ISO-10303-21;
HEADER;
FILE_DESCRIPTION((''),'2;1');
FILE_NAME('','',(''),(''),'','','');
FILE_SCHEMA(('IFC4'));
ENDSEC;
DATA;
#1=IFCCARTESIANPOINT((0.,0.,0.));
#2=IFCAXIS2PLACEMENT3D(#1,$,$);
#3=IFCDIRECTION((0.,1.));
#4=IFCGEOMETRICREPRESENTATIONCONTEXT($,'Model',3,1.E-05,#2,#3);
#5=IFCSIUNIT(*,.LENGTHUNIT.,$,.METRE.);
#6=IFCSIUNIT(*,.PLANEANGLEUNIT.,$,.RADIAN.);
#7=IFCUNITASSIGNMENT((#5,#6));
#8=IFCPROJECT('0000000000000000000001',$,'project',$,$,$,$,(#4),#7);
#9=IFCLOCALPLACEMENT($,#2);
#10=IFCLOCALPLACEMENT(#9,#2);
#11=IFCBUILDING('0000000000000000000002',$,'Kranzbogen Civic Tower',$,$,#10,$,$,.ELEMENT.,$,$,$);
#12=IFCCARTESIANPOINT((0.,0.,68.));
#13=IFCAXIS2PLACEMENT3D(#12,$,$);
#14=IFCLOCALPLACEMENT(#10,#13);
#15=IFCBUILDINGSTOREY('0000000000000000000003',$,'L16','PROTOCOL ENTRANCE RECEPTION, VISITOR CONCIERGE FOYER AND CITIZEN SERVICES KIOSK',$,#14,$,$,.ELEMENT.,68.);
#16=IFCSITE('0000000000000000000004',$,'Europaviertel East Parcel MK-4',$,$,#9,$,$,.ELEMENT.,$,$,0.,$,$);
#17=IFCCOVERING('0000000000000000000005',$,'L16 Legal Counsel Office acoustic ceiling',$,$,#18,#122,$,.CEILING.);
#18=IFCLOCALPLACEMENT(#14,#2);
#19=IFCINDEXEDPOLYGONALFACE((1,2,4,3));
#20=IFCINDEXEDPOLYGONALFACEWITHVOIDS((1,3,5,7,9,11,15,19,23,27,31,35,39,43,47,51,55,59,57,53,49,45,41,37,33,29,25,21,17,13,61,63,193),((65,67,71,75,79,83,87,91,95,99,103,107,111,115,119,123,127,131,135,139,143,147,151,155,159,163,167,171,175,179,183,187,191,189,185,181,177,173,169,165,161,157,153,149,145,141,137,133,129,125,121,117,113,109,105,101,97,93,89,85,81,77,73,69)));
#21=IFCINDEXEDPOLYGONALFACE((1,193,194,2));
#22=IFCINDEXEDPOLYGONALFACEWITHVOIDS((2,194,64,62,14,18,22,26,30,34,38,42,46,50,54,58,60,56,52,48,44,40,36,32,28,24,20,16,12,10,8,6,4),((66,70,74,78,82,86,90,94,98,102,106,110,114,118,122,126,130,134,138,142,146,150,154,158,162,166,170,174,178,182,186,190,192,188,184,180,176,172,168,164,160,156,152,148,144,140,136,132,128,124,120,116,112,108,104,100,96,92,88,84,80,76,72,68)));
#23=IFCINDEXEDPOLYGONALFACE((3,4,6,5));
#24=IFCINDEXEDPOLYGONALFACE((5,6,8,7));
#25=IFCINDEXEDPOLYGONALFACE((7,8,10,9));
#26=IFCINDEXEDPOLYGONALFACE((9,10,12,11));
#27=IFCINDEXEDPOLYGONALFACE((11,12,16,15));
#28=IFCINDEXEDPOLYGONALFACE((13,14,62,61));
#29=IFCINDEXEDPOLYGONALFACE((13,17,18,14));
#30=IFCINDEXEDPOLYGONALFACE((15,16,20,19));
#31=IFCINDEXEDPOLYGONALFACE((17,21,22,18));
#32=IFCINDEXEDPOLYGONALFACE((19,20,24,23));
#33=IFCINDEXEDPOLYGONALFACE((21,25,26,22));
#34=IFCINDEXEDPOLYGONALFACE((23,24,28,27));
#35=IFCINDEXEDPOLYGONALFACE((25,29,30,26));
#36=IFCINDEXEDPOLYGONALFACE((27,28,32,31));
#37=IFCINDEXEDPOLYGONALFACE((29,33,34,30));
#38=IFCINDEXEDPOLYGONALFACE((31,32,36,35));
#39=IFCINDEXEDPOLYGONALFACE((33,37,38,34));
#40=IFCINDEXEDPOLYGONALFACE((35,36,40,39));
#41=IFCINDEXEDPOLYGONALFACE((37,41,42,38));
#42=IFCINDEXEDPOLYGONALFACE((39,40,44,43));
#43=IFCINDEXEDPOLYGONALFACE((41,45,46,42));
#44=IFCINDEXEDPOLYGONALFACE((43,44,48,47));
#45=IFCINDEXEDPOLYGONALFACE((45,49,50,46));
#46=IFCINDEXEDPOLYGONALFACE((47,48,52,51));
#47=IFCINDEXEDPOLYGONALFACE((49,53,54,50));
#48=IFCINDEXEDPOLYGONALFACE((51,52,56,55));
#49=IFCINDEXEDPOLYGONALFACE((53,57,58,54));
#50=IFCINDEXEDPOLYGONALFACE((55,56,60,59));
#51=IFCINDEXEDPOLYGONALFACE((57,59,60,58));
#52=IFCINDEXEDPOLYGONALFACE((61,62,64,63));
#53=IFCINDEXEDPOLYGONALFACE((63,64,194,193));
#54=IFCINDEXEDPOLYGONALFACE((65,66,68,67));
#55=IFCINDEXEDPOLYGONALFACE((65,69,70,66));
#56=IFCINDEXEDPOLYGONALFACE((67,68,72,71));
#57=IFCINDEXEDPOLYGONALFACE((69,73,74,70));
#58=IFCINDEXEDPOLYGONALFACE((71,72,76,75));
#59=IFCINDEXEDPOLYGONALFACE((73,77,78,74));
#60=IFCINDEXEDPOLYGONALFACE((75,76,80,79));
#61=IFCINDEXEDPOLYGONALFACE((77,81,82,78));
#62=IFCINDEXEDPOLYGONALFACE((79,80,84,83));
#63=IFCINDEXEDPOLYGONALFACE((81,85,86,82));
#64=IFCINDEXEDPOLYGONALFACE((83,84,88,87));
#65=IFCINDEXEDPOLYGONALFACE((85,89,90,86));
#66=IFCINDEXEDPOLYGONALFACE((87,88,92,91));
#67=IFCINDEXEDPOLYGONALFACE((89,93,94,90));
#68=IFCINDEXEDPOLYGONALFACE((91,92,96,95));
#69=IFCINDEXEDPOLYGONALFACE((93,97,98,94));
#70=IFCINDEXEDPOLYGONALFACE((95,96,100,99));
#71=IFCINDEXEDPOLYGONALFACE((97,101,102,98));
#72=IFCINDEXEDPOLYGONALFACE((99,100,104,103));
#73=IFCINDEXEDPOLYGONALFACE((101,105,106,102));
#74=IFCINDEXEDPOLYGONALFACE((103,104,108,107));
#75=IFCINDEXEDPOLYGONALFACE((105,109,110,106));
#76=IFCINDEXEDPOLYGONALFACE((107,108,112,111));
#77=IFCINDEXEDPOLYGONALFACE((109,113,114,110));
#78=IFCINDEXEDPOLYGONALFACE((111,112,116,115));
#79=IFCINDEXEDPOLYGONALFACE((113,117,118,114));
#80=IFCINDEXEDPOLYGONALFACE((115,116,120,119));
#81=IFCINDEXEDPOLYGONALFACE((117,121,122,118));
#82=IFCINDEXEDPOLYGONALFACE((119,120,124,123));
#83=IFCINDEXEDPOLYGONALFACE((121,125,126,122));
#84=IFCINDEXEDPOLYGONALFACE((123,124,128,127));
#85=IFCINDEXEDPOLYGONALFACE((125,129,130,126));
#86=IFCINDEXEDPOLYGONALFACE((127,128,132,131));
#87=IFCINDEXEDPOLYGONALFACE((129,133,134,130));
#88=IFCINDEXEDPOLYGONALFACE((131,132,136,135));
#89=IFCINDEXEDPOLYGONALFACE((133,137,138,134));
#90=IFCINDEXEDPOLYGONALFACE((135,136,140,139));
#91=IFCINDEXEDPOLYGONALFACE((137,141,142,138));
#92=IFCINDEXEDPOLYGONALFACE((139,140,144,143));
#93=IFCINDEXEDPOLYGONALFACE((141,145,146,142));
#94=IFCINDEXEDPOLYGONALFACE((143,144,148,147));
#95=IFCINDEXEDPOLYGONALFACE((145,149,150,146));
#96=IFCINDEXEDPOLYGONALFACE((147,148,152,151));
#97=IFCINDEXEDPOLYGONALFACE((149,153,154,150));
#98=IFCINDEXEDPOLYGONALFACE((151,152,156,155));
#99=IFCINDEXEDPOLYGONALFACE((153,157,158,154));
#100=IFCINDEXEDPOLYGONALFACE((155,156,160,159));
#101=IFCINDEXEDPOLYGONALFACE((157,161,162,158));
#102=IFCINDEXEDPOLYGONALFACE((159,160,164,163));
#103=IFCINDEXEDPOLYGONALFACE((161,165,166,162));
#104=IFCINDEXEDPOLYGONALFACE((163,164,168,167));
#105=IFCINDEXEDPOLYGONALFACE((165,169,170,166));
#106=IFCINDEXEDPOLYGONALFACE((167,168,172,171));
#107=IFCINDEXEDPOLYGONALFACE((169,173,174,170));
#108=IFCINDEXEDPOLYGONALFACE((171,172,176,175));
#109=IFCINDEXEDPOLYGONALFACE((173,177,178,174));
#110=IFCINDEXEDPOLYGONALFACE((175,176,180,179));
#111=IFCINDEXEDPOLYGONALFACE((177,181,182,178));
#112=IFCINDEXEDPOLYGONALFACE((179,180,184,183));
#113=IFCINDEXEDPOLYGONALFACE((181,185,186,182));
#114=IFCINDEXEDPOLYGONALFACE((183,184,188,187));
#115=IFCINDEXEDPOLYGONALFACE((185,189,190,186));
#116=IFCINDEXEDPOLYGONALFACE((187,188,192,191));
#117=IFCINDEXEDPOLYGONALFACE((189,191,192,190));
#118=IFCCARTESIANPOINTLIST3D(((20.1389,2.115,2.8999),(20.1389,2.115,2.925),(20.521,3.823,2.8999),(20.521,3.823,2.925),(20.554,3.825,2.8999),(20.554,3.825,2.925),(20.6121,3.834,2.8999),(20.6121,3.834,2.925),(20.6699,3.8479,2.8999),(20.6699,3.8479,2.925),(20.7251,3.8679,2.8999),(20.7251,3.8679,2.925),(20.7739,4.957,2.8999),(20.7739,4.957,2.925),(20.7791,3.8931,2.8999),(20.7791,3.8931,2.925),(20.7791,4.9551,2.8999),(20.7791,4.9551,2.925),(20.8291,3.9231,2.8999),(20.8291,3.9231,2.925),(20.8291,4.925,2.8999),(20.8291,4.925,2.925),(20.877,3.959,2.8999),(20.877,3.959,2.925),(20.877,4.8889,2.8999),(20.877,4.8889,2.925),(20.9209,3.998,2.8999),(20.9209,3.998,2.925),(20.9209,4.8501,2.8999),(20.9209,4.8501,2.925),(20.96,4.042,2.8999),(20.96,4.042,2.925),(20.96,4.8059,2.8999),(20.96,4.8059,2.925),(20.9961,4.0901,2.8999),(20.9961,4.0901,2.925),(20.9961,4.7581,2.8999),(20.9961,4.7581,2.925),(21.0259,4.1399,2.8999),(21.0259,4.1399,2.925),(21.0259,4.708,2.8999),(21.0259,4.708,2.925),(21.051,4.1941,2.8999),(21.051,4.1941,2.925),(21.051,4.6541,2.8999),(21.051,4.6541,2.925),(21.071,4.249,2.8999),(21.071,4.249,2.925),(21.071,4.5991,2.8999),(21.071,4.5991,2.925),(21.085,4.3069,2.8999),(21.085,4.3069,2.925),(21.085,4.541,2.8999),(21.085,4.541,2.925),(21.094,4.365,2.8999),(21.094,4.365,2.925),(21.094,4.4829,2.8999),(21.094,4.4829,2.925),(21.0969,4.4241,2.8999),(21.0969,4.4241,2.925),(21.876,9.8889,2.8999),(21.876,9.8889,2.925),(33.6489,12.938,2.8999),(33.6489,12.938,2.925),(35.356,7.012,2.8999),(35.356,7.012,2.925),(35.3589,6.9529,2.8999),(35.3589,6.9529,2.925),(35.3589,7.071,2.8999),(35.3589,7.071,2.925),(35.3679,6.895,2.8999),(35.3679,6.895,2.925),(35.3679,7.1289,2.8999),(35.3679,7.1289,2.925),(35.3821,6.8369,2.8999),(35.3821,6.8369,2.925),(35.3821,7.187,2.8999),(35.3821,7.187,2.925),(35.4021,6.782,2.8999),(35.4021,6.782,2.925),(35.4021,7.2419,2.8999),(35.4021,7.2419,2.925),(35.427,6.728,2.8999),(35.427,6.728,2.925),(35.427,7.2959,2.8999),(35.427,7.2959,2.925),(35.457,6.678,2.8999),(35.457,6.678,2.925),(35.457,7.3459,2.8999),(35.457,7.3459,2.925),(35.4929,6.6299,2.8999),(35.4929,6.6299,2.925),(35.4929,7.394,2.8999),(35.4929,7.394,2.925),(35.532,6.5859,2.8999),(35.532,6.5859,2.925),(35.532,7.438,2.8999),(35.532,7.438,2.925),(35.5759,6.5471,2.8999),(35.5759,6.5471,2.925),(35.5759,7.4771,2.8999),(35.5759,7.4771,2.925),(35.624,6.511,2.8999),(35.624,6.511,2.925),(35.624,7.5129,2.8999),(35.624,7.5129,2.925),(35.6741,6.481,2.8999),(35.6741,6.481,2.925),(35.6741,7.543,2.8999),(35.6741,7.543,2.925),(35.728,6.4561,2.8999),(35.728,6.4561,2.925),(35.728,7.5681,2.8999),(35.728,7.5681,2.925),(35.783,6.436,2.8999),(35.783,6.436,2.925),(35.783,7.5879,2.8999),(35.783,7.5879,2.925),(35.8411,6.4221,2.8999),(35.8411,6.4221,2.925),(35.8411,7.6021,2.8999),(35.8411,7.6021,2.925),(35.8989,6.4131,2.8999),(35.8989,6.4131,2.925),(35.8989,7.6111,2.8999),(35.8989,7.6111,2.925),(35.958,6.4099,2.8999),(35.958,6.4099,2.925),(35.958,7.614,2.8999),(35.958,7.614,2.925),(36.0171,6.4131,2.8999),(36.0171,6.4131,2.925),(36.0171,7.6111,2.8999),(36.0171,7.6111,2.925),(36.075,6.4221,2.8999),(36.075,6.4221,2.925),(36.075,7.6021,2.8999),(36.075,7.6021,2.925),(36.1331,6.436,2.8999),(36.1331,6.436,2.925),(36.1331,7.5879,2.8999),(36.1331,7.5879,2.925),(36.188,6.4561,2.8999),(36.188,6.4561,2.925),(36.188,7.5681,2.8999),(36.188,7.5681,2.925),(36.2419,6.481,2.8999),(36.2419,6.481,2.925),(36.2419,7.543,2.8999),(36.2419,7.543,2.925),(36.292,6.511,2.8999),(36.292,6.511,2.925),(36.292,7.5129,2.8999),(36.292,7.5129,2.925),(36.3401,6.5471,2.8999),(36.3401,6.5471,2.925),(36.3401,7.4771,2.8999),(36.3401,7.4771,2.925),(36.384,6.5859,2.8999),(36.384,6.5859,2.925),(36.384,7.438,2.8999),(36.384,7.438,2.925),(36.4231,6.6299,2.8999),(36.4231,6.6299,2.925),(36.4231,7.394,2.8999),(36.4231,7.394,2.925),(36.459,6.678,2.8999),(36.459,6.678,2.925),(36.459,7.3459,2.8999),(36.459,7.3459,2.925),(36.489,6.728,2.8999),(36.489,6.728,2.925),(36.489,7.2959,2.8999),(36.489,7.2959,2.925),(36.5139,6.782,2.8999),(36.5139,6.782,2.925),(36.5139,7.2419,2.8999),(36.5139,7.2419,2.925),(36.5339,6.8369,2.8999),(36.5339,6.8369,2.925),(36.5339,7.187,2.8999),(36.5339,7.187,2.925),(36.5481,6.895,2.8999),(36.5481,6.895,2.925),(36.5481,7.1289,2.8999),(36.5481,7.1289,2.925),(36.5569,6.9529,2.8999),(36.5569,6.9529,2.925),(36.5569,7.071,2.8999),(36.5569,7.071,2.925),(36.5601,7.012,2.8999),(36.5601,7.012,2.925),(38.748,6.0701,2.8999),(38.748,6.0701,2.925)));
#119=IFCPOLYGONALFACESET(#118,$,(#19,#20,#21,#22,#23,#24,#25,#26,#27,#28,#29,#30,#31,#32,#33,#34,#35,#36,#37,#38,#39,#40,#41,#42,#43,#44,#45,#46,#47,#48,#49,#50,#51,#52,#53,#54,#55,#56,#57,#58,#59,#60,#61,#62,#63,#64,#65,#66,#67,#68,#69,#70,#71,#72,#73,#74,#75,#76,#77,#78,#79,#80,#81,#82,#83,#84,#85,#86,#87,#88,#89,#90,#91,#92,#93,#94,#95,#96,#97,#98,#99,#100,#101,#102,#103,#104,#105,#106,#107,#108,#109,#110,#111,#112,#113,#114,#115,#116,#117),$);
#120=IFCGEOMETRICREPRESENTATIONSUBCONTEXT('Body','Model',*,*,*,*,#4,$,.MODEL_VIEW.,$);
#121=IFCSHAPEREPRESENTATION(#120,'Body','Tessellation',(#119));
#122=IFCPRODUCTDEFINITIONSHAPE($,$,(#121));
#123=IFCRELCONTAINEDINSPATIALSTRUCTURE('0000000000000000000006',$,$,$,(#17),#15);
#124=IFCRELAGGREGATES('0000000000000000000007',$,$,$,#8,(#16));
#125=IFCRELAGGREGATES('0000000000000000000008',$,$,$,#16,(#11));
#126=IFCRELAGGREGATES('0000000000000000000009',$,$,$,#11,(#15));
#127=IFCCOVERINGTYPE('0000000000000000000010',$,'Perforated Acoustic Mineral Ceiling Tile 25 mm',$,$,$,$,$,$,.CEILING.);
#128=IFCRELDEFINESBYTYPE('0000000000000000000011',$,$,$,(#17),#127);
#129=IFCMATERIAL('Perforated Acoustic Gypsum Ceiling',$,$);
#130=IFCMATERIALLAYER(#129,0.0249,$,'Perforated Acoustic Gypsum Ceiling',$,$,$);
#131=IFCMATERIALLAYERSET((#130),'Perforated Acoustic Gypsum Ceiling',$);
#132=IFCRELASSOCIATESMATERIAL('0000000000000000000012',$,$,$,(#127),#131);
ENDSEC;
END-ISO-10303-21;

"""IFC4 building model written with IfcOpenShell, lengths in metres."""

from ifc_helpers import new_model, si_unit, direction, frame, origin, place, context, subcontext, project, spatial, polyline, outline, extrude, material, layer, layer_set, type_object, element, save


model = new_model("IFC4")

# Units and contexts
model_context = context("Model", 3, precision=1e-05, world=origin(), true_north=direction((0.0, 1.0)))
body_context = subcontext(model_context, "Body", "Model", "MODEL_VIEW")
ifc_project = project(units=[si_unit("LENGTHUNIT", "METRE"), si_unit("PLANEANGLEUNIT", "RADIAN")], contexts=[model_context])

# Site, building, storey
site_placement = place(None, origin())
site = spatial("IfcSite", under=ifc_project, at=site_placement, Name="Europaviertel East Parcel MK-4", CompositionType="ELEMENT", RefElevation=0.0)
building_placement = place(site_placement, origin())
building = spatial("IfcBuilding", under=site, at=building_placement, Name="Kranzbogen Civic Tower", CompositionType="ELEMENT")
storey_placement = place(building_placement, frame((0.0, 0.0, 68.0)))
storey = spatial("IfcBuildingStorey", under=building, at=storey_placement, Name="L16", Description="PROTOCOL ENTRANCE RECEPTION, VISITOR CONCIERGE FOYER AND CITIZEN SERVICES KIOSK", CompositionType="ELEMENT", Elevation=68.0)

# Covering
ifc_material_1 = material(Name="Perforated Acoustic Gypsum Ceiling")
ifc_layer_1 = layer(ifc_material_1, 0.0249, Name="Perforated Acoustic Gypsum Ceiling")
ifc_layer_set_1 = layer_set([ifc_layer_1], Name="Perforated Acoustic Gypsum Ceiling")
covering_type = type_object("IfcCoveringType", Name="Perforated Acoustic Mineral Ceiling Tile 25 mm", PredefinedType="CEILING", material=ifc_layer_set_1)
covering_1_placement = place(storey_placement, frame((0.0, 0.0, 2.8999)))
element("IfcCovering", 1, at=covering_1_placement, inside=storey, type_object=covering_type, Name="L16 Legal Counsel Office acoustic ceiling", PredefinedType="CEILING", context=body_context, shape_type="SweptSolid", body=[
    extrude(outline(polyline([(33.6489, 12.938), (38.748, 6.0701), (20.1389, 2.115), (20.521, 3.823), (20.554, 3.825), (20.6121, 3.834), (20.6699, 3.8479), (20.7251, 3.8679), (20.7791, 3.8931), (20.8291, 3.9231), (20.877, 3.959), (20.9209, 3.998), (20.96, 4.042), (20.9961, 4.0901), (21.0259, 4.1399), (21.051, 4.1941), (21.071, 4.249), (21.085, 4.3069), (21.094, 4.365), (21.0969, 4.4241), (21.094, 4.4829), (21.085, 4.541), (21.071, 4.5991), (21.051, 4.6541), (21.0259, 4.708), (20.9961, 4.7581), (20.96, 4.8059), (20.9209, 4.8501), (20.877, 4.8889), (20.8291, 4.925), (20.7791, 4.9551), (20.7739, 4.957), (21.876, 9.8889), (33.6489, 12.938)]), holes=[polyline([(36.5139, 6.782), (36.489, 6.728), (36.459, 6.678), (36.4231, 6.6299), (36.384, 6.5859), (36.3401, 6.5471), (36.292, 6.511), (36.2419, 6.481), (36.188, 6.4561), (36.1331, 6.436), (36.075, 6.4221), (36.0171, 6.4131), (35.958, 6.4099), (35.8989, 6.4131), (35.8411, 6.4221), (35.783, 6.436), (35.728, 6.4561), (35.6741, 6.481), (35.624, 6.511), (35.5759, 6.5471), (35.532, 6.5859), (35.4929, 6.6299), (35.457, 6.678), (35.427, 6.728), (35.4021, 6.782), (35.3821, 6.8369), (35.3679, 6.895), (35.3589, 6.9529), (35.356, 7.012), (35.3589, 7.071), (35.3679, 7.1289), (35.3821, 7.187), (35.4021, 7.2419), (35.427, 7.2959), (35.457, 7.3459), (35.4929, 7.394), (35.532, 7.438), (35.5759, 7.4771), (35.624, 7.5129), (35.6741, 7.543), (35.728, 7.5681), (35.783, 7.5879), (35.8411, 7.6021), (35.8989, 7.6111), (35.958, 7.614), (36.0171, 7.6111), (36.075, 7.6021), (36.1331, 7.5879), (36.188, 7.5681), (36.2419, 7.543), (36.292, 7.5129), (36.3401, 7.4771), (36.384, 7.438), (36.4231, 7.394), (36.459, 7.3459), (36.489, 7.2959), (36.5139, 7.2419), (36.5339, 7.187), (36.5481, 7.1289), (36.5569, 7.071), (36.5601, 7.012), (36.5569, 6.9529), (36.5481, 6.895), (36.5339, 6.8369), (36.5139, 6.782)])]), origin(), (0.0, 0.0, 1.0), 0.0251),
])

save(model, "model.ifc")
